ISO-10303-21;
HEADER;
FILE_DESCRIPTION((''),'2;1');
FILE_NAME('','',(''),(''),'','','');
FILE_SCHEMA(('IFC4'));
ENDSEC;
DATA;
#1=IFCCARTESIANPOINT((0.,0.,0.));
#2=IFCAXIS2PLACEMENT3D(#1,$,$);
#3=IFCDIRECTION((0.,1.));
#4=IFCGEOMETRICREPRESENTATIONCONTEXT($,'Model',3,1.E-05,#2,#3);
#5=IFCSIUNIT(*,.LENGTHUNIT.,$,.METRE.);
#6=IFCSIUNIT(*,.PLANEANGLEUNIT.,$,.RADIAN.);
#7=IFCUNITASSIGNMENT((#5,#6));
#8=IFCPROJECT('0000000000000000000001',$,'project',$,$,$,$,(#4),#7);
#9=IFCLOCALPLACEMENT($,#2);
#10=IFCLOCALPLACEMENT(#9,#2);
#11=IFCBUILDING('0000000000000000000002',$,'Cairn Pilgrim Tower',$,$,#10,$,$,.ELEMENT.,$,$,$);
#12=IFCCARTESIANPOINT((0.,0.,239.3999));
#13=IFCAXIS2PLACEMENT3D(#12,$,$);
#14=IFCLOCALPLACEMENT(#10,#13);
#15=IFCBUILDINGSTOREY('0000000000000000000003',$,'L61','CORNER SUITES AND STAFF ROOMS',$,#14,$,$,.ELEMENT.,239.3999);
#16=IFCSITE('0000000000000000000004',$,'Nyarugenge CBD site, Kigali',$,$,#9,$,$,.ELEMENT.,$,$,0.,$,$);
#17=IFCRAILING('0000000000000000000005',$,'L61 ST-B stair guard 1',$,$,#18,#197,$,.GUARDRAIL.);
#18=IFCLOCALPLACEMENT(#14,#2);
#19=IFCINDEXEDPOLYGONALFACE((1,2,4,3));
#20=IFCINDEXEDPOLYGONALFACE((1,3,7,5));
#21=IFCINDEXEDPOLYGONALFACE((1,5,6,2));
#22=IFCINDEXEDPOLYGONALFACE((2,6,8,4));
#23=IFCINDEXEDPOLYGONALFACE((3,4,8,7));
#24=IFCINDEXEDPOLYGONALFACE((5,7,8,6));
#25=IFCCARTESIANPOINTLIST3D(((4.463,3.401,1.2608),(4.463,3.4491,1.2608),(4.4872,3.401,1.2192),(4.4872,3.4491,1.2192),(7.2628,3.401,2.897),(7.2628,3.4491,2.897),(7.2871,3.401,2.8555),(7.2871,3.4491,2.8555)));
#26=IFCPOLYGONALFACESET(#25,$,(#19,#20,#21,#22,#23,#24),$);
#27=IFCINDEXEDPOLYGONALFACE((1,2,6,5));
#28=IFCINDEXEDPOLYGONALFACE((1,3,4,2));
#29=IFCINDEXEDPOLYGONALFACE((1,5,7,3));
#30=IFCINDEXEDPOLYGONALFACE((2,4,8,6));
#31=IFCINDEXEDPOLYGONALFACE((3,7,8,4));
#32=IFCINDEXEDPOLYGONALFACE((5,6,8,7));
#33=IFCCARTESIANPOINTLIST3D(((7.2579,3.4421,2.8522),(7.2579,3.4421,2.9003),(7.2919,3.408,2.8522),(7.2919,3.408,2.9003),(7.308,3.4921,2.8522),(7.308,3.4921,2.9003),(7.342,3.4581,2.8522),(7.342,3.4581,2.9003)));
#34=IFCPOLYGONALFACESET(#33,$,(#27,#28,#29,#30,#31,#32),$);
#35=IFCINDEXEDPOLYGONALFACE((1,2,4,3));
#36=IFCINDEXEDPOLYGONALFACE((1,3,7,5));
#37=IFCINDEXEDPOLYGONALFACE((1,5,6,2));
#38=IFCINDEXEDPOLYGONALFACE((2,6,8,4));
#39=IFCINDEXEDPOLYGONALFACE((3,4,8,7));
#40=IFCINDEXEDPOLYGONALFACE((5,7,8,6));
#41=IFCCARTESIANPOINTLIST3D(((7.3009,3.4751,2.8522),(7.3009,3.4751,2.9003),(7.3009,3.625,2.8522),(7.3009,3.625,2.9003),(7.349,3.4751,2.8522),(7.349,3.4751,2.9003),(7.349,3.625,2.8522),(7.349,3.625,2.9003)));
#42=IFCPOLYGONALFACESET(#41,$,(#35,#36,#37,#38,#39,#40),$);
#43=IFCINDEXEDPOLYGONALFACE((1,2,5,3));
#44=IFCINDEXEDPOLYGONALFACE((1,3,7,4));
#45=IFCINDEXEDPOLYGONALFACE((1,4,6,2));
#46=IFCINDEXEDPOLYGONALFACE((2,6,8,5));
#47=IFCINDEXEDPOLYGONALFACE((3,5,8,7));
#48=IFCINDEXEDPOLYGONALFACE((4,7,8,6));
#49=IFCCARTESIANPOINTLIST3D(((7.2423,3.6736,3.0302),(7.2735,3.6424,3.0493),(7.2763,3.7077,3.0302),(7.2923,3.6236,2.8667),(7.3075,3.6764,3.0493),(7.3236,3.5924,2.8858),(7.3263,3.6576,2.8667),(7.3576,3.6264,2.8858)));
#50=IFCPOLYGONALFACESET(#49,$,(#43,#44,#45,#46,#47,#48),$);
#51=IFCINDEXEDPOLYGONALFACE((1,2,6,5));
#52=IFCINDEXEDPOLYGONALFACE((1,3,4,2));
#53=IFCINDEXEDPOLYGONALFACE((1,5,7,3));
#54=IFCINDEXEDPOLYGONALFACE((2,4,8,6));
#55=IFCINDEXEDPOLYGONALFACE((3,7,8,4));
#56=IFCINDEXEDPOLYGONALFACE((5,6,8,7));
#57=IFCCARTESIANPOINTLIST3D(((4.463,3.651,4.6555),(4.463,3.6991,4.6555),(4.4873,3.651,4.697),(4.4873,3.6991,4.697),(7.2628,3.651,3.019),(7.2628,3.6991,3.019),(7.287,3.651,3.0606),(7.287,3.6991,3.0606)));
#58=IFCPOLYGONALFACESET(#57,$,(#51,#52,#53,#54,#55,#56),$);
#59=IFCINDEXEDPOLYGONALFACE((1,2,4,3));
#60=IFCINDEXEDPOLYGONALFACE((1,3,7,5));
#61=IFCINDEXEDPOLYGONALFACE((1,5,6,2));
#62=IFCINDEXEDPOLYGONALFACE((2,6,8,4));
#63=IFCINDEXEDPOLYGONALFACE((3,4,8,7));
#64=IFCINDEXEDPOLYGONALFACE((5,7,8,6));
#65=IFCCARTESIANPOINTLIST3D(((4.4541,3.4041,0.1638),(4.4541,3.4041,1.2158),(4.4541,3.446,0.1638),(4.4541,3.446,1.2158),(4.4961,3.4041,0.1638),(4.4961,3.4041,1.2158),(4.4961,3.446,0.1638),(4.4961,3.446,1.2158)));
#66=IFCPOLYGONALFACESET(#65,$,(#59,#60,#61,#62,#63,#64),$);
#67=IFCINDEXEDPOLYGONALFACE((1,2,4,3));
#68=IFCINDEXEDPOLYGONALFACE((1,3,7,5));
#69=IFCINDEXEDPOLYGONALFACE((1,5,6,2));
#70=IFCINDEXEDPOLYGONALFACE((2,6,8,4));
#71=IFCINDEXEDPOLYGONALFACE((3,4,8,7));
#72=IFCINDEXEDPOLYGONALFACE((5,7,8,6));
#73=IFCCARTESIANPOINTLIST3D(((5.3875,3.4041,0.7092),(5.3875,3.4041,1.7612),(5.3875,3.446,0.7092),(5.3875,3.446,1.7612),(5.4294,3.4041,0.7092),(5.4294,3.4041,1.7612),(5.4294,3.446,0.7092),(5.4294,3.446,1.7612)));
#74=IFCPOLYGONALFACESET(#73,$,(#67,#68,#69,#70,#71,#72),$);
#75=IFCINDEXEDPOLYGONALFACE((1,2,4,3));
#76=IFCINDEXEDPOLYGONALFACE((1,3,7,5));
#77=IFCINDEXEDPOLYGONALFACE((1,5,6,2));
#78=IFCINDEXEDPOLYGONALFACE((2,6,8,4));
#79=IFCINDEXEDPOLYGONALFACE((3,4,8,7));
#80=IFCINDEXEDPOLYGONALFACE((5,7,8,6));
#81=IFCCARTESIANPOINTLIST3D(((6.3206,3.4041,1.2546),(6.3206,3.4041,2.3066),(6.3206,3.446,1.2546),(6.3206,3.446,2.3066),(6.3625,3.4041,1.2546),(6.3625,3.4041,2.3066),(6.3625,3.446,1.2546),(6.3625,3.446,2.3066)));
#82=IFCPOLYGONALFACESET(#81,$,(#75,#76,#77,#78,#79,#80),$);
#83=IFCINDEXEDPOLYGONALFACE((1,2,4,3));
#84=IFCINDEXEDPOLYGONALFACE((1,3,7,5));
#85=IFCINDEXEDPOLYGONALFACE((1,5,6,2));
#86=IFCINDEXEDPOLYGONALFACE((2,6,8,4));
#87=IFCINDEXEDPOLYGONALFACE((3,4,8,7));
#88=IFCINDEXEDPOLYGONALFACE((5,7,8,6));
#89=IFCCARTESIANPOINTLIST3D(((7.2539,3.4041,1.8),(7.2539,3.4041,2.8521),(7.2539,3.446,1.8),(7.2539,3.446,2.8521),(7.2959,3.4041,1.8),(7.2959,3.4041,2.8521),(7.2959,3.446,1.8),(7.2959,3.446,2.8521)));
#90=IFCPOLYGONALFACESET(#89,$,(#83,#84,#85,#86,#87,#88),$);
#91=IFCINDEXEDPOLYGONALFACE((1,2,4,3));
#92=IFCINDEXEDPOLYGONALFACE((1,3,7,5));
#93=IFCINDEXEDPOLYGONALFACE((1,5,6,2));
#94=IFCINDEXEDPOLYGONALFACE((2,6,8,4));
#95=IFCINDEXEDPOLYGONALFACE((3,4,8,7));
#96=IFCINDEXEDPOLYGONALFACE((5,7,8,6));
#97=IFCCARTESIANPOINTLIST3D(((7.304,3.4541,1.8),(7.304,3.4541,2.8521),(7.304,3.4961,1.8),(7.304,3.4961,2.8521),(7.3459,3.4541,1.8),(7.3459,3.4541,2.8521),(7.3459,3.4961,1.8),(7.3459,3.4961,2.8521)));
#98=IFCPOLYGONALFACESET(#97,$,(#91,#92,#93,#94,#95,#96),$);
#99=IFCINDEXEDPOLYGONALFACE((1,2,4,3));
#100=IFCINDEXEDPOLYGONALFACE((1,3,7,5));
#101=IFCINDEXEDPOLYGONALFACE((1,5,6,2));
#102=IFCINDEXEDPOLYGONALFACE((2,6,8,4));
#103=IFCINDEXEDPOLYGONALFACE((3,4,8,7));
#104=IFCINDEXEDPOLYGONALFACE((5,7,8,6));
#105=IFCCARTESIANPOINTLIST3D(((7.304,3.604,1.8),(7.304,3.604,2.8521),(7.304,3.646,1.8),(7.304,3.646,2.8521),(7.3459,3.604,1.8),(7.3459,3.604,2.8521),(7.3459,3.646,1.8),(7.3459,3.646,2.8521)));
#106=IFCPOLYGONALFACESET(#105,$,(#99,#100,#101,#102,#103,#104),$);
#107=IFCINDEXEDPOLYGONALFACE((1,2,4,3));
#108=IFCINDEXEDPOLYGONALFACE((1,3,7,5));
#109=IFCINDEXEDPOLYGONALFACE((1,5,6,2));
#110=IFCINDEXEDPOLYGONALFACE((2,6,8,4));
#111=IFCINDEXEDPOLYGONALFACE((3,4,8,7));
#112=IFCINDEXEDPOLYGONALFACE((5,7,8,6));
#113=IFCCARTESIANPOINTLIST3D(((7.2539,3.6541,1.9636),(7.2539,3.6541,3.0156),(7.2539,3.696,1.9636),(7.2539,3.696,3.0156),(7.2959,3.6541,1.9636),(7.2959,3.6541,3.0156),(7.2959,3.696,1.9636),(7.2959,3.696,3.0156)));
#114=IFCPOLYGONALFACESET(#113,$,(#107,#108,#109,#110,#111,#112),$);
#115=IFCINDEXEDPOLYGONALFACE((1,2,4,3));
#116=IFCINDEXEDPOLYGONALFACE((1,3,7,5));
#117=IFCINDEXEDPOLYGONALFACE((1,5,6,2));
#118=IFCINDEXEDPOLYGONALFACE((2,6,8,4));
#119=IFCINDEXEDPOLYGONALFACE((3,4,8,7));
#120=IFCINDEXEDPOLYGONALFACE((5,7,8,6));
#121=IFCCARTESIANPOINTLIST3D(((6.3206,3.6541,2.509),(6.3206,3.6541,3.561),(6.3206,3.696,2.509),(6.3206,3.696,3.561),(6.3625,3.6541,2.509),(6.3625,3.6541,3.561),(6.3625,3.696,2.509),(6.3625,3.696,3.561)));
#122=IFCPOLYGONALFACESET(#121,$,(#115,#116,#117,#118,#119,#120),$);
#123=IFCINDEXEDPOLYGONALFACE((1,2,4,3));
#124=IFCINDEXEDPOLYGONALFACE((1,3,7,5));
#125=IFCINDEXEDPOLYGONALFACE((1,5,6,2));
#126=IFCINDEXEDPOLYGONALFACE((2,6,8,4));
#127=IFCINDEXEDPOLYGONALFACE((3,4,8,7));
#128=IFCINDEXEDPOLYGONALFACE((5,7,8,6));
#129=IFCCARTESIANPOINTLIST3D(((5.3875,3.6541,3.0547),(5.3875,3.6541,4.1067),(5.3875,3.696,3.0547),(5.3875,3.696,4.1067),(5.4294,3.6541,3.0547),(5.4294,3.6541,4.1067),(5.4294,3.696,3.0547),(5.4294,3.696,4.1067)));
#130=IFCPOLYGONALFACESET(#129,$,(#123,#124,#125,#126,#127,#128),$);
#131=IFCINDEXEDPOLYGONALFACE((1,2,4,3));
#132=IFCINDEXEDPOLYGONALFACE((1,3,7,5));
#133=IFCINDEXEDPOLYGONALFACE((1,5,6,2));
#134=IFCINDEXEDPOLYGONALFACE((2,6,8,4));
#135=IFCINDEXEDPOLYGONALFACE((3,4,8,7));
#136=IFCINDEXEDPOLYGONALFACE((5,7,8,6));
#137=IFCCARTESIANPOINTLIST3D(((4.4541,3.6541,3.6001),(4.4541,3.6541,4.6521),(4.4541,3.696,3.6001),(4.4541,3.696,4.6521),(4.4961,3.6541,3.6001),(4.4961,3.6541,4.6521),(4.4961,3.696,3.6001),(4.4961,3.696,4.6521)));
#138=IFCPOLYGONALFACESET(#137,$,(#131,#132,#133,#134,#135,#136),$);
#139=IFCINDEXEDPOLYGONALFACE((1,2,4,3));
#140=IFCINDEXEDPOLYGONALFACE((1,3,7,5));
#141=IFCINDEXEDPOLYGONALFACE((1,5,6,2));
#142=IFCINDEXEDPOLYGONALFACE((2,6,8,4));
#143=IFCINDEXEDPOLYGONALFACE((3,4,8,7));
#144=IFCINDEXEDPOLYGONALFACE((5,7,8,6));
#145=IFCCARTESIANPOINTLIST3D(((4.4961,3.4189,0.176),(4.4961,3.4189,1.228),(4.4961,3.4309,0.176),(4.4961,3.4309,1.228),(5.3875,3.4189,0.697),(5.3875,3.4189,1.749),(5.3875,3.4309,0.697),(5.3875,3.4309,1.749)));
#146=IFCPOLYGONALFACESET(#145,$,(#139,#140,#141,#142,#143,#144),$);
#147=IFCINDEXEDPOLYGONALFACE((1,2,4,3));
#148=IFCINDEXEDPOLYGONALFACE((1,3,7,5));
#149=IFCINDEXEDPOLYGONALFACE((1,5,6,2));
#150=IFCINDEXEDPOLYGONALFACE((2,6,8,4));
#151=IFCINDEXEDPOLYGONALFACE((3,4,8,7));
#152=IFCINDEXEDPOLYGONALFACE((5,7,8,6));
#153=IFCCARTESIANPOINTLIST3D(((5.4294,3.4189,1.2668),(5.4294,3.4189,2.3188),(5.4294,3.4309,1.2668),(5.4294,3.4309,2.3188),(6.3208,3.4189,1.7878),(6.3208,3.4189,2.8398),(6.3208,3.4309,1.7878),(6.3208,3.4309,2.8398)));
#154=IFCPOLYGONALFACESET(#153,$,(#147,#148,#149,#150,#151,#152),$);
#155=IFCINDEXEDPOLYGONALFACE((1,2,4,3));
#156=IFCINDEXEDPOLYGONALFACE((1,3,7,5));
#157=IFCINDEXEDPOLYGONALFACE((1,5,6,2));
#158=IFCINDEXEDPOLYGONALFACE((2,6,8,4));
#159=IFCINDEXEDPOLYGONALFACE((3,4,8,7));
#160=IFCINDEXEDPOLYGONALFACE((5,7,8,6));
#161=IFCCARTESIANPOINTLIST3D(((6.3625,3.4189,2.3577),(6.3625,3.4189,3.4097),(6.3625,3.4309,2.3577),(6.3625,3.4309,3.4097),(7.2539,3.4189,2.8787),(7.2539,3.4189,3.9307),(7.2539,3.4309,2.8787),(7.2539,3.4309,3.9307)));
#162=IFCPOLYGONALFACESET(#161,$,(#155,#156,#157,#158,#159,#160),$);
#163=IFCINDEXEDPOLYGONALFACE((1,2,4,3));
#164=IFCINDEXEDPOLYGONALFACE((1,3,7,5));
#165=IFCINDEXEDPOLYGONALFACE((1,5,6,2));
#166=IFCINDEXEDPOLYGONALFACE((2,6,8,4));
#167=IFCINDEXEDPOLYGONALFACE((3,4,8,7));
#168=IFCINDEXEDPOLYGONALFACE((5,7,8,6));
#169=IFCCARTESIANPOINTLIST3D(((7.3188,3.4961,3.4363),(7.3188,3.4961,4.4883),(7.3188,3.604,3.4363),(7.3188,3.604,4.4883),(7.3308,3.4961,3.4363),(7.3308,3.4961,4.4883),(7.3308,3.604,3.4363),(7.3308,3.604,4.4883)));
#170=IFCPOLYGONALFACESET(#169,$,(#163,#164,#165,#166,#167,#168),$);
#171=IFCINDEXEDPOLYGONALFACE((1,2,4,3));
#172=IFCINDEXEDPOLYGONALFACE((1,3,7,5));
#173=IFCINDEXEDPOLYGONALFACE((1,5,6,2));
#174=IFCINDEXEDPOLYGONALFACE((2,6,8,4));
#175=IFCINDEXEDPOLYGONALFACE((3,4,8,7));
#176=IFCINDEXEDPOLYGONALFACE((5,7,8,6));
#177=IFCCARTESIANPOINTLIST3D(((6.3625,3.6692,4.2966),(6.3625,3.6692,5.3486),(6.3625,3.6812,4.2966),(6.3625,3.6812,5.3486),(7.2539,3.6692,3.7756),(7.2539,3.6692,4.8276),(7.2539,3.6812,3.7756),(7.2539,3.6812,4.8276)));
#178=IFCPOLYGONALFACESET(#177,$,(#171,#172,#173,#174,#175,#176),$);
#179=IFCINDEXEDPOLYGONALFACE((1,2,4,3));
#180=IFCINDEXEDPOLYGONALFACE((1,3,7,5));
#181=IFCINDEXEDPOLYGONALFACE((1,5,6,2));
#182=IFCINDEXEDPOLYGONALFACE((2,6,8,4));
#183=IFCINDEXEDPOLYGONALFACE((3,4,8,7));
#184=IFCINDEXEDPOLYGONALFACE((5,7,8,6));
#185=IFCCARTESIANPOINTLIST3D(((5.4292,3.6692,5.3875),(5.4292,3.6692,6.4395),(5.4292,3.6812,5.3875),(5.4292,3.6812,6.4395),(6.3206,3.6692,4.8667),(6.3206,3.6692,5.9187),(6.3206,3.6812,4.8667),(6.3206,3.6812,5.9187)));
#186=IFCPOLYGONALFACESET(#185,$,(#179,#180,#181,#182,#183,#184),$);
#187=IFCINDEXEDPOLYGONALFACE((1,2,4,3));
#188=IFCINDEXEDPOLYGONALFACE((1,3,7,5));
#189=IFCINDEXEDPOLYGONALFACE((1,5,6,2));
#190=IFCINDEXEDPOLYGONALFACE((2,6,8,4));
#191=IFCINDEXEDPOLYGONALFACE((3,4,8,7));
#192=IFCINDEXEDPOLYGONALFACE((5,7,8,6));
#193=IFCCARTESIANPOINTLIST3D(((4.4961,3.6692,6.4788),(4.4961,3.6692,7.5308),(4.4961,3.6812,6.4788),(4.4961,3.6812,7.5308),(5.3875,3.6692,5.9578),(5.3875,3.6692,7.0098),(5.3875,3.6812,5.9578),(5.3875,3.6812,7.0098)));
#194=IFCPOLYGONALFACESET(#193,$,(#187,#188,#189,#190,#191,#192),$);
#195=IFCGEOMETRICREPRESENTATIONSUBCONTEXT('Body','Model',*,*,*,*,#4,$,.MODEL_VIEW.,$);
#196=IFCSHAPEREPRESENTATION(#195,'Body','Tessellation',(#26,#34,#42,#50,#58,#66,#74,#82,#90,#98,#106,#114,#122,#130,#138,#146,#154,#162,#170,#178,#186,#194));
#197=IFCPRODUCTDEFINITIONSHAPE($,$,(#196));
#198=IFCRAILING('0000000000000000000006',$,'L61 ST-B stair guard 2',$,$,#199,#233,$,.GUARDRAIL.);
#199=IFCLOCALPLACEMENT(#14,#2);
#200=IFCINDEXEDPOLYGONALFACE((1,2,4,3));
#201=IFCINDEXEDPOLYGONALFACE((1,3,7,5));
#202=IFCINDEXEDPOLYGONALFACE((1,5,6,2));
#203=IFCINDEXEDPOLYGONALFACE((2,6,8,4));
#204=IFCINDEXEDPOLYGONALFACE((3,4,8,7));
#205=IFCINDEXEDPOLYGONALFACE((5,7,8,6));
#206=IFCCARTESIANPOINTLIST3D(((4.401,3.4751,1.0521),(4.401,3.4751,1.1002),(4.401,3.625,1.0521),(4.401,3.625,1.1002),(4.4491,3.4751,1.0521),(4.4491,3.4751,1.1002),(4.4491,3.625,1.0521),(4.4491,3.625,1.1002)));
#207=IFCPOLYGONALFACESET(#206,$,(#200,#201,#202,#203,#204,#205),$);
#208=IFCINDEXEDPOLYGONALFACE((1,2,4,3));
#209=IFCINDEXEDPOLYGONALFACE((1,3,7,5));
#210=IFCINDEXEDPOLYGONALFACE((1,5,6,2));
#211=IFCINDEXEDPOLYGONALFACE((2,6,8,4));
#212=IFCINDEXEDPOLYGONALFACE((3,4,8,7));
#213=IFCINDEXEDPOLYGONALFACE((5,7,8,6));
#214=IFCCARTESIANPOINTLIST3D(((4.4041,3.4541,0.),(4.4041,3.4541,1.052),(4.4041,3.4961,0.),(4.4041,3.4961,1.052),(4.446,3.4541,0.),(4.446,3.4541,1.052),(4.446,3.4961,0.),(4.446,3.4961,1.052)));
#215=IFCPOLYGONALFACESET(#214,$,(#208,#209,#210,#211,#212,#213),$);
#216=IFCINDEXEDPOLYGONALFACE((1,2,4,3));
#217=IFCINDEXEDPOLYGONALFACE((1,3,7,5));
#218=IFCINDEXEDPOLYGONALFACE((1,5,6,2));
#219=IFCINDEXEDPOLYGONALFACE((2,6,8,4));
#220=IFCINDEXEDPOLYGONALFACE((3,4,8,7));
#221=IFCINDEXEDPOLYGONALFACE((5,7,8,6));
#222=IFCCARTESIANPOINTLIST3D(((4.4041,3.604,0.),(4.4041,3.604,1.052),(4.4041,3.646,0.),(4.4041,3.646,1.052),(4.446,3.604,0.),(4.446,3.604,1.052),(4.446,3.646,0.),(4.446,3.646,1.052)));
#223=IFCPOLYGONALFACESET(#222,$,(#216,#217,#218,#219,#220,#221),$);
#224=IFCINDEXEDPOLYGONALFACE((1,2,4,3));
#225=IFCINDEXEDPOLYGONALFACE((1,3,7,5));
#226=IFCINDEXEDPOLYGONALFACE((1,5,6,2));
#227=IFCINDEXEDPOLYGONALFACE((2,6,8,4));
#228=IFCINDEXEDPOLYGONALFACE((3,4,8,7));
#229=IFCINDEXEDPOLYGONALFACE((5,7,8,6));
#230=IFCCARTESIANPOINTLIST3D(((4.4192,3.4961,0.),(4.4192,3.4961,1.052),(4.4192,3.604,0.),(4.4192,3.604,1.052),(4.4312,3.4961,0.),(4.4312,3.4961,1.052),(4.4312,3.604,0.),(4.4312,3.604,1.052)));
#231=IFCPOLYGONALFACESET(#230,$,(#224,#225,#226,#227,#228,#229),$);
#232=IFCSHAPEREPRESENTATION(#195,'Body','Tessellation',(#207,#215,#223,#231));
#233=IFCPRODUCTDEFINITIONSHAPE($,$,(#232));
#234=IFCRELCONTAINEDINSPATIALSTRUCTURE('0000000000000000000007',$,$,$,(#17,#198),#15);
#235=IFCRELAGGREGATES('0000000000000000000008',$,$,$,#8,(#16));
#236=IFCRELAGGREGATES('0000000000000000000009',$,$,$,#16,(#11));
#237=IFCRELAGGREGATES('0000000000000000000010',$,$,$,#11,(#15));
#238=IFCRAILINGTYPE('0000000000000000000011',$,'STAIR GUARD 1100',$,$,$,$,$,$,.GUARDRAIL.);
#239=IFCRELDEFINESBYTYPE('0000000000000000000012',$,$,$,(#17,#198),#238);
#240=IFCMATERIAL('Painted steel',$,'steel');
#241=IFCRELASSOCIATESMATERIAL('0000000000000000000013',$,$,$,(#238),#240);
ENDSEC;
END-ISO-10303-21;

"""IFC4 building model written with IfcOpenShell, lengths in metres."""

from ifc_helpers import new_model, si_unit, direction, frame, origin, origin_2d, place, context, subcontext, project, spatial, polyline, rectangle, outline, extrude, material, type_object, element, save


model = new_model("IFC4")

# Units and contexts
model_context = context("Model", 3, precision=1e-05, world=origin(), true_north=direction((0.0, 1.0)))
body_context = subcontext(model_context, "Body", "Model", "MODEL_VIEW")
ifc_project = project(units=[si_unit("LENGTHUNIT", "METRE"), si_unit("PLANEANGLEUNIT", "RADIAN")], contexts=[model_context])

# Site, building, storey
site_placement = place(None, origin())
site = spatial("IfcSite", under=ifc_project, at=site_placement, Name="Nyarugenge CBD site, Kigali", CompositionType="ELEMENT", RefElevation=0.0)
building_placement = place(site_placement, origin())
building = spatial("IfcBuilding", under=site, at=building_placement, Name="Cairn Pilgrim Tower", CompositionType="ELEMENT")
storey_placement = place(building_placement, frame((0.0, 0.0, 239.3999)))
storey = spatial("IfcBuildingStorey", under=building, at=storey_placement, Name="L61", Description="CORNER SUITES AND STAFF ROOMS", CompositionType="ELEMENT", Elevation=239.3999)

# Shared definitions
ifc_material_1 = material(Name="Painted steel", Category="steel")

# Railings
railing_type_1 = type_object("IfcRailingType", Name="STAIR GUARD 1100", PredefinedType="GUARDRAIL", material=ifc_material_1)
railing_1_placement = place(storey_placement, frame((4.4751, 3.425, 0.1638)))
element("IfcRailing", 1, at=railing_1_placement, inside=storey, type_object=railing_type_1, Name="L61 ST-B stair guard 1", PredefinedType="GUARDRAIL", context=body_context, shape_type="SweptSolid", body=[
    extrude(rectangle(XDim=0.0481, YDim=0.0481, at=origin_2d()), frame((0.0, 0.0, 1.0762), z_axis=(0.863374, 0.0, 0.504564), x_axis=(0.0, 1.0, 0.0)), (0.0, 0.0, 1.0), 3.2429),
    extrude(rectangle(XDim=0.0481, YDim=0.0481, at=origin_2d()), frame((2.7998, 0.0, 2.7124), z_axis=(0.707107, 0.707107, 0.0), x_axis=(-0.707107, 0.707107, 0.0)), (0.0, 0.0, 1.0), 0.0708),
    extrude(rectangle(XDim=0.0481, YDim=0.0481, at=origin_2d()), frame((2.8499, 0.05, 2.7124), z_axis=(0.0, 1.0, 0.0), x_axis=(-1.0, 0.0, 0.0)), (0.0, 0.0, 1.0), 0.1499),
    extrude(rectangle(XDim=0.0481, YDim=0.0481, at=origin_2d()), frame((2.8499, 0.2, 2.7124), z_axis=(-0.280809, 0.280809, 0.917765), x_axis=(-0.707107, -0.707107, 0.0)), (0.0, 0.0, 1.0), 0.1782),
    extrude(rectangle(XDim=0.0481, YDim=0.0481, at=origin_2d()), frame((2.7998, 0.25, 2.876), z_axis=(-0.863342, 0.0, 0.50462), x_axis=(0.0, -1.0, 0.0)), (0.0, 0.0, 1.0), 3.2429),
    extrude(rectangle(XDim=0.042, YDim=0.042, at=origin_2d()), origin(), (0.0, 0.0, 1.0), 1.052),
    extrude(rectangle(XDim=0.042, YDim=0.042, at=origin_2d()), frame((0.9333, 0.0, 0.5454)), (0.0, 0.0, 1.0), 1.052),
    extrude(rectangle(XDim=0.042, YDim=0.042, at=origin_2d()), frame((1.8665, 0.0, 1.0908)), (0.0, 0.0, 1.0), 1.052),
    extrude(rectangle(XDim=0.042, YDim=0.042, at=origin_2d()), frame((2.7998, 0.0, 1.6362)), (0.0, 0.0, 1.0), 1.052),
    extrude(rectangle(XDim=0.042, YDim=0.042, at=origin_2d()), frame((2.8499, 0.05, 1.6362)), (0.0, 0.0, 1.0), 1.052),
    extrude(rectangle(XDim=0.042, YDim=0.042, at=origin_2d()), frame((2.8499, 0.2, 1.6362)), (0.0, 0.0, 1.0), 1.052),
    extrude(rectangle(XDim=0.042, YDim=0.042, at=origin_2d()), frame((2.7998, 0.25, 1.7998)), (0.0, 0.0, 1.0), 1.052),
    extrude(rectangle(XDim=0.042, YDim=0.042, at=origin_2d()), frame((1.8665, 0.25, 2.3452)), (0.0, 0.0, 1.0), 1.052),
    extrude(rectangle(XDim=0.042, YDim=0.042, at=origin_2d()), frame((0.9333, 0.25, 2.8909)), (0.0, 0.0, 1.0), 1.052),
    extrude(rectangle(XDim=0.042, YDim=0.042, at=origin_2d()), frame((0.0, 0.25, 3.4363)), (0.0, 0.0, 1.0), 1.052),
    extrude(outline(polyline([(0.021, 0.0122), (0.9124, 0.5332), (0.9124, 1.5852), (0.021, 1.0642), (0.021, 0.0122)])), frame((0.0, 0.0059, 0.0), z_axis=(0.0, -1.0, 0.0), x_axis=(1.0, 0.0, 0.0)), (0.0, 0.0, 1.0), 0.012),
    extrude(outline(polyline([(0.021, 0.5576), (0.9124, 1.0786), (0.9124, 2.1306), (0.021, 1.6096), (0.021, 0.5576)])), frame((0.9333, 0.0059, 0.5454), z_axis=(0.0, -1.0, 0.0), x_axis=(1.0, 0.0, 0.0)), (0.0, 0.0, 1.0), 0.012),
    extrude(outline(polyline([(0.021, 1.103), (0.9124, 1.624), (0.9124, 2.676), (0.021, 2.155), (0.021, 1.103)])), frame((1.8665, 0.0059, 1.0908), z_axis=(0.0, -1.0, 0.0), x_axis=(1.0, 0.0, 0.0)), (0.0, 0.0, 1.0), 0.012),
    extrude(outline(polyline([(0.021, 1.6362), (0.1289, 1.6362), (0.1289, 2.6882), (0.021, 2.6882), (0.021, 1.6362)])), frame((2.8438, 0.05, 1.6362), z_axis=(1.0, 0.0, 0.0), x_axis=(0.0, 1.0, 0.0)), (0.0, 0.0, 1.0), 0.012),
    extrude(outline(polyline([(0.021, 1.812), (0.9124, 2.333), (0.9124, 3.385), (0.021, 2.864), (0.021, 1.812)])), frame((2.7998, 0.2441, 1.7998), z_axis=(0.0, 1.0, 0.0), x_axis=(-1.0, 0.0, 0.0)), (0.0, 0.0, 1.0), 0.012),
    extrude(outline(polyline([(0.021, 2.3577), (0.9124, 2.8784), (0.9124, 3.9304), (0.021, 3.4097), (0.021, 2.3577)])), frame((1.8665, 0.2441, 2.3452), z_axis=(0.0, 1.0, 0.0), x_axis=(-1.0, 0.0, 0.0)), (0.0, 0.0, 1.0), 0.012),
    extrude(outline(polyline([(0.021, 2.9031), (0.9124, 3.4241), (0.9124, 4.4761), (0.021, 3.9551), (0.021, 2.9031)])), frame((0.9333, 0.2441, 2.8909), z_axis=(0.0, 1.0, 0.0), x_axis=(-1.0, 0.0, 0.0)), (0.0, 0.0, 1.0), 0.012),
])
railing_2_placement = place(storey_placement, frame((4.425, 3.4751, 0.0)))
element("IfcRailing", 2, at=railing_2_placement, inside=storey, type_object=railing_type_1, Name="L61 ST-B stair guard 2", PredefinedType="GUARDRAIL", context=body_context, shape_type="SweptSolid", body=[
    extrude(rectangle(XDim=0.0481, YDim=0.0481, at=origin_2d()), frame((0.0, 0.0, 1.0762), z_axis=(0.0, 1.0, 0.0), x_axis=(-1.0, 0.0, 0.0)), (0.0, 0.0, 1.0), 0.1499),
    extrude(rectangle(XDim=0.042, YDim=0.042, at=origin_2d()), origin(), (0.0, 0.0, 1.0), 1.052),
    extrude(rectangle(XDim=0.042, YDim=0.042, at=origin_2d()), frame((0.0, 0.1499, 0.0)), (0.0, 0.0, 1.0), 1.052),
    extrude(outline(polyline([(0.021, 0.0), (0.1289, 0.0), (0.1289, 1.052), (0.021, 1.052), (0.021, 0.0)])), frame((-0.0059, 0.0, 0.0), z_axis=(1.0, 0.0, 0.0), x_axis=(0.0, 1.0, 0.0)), (0.0, 0.0, 1.0), 0.012),
])

save(model, "model.ifc")
